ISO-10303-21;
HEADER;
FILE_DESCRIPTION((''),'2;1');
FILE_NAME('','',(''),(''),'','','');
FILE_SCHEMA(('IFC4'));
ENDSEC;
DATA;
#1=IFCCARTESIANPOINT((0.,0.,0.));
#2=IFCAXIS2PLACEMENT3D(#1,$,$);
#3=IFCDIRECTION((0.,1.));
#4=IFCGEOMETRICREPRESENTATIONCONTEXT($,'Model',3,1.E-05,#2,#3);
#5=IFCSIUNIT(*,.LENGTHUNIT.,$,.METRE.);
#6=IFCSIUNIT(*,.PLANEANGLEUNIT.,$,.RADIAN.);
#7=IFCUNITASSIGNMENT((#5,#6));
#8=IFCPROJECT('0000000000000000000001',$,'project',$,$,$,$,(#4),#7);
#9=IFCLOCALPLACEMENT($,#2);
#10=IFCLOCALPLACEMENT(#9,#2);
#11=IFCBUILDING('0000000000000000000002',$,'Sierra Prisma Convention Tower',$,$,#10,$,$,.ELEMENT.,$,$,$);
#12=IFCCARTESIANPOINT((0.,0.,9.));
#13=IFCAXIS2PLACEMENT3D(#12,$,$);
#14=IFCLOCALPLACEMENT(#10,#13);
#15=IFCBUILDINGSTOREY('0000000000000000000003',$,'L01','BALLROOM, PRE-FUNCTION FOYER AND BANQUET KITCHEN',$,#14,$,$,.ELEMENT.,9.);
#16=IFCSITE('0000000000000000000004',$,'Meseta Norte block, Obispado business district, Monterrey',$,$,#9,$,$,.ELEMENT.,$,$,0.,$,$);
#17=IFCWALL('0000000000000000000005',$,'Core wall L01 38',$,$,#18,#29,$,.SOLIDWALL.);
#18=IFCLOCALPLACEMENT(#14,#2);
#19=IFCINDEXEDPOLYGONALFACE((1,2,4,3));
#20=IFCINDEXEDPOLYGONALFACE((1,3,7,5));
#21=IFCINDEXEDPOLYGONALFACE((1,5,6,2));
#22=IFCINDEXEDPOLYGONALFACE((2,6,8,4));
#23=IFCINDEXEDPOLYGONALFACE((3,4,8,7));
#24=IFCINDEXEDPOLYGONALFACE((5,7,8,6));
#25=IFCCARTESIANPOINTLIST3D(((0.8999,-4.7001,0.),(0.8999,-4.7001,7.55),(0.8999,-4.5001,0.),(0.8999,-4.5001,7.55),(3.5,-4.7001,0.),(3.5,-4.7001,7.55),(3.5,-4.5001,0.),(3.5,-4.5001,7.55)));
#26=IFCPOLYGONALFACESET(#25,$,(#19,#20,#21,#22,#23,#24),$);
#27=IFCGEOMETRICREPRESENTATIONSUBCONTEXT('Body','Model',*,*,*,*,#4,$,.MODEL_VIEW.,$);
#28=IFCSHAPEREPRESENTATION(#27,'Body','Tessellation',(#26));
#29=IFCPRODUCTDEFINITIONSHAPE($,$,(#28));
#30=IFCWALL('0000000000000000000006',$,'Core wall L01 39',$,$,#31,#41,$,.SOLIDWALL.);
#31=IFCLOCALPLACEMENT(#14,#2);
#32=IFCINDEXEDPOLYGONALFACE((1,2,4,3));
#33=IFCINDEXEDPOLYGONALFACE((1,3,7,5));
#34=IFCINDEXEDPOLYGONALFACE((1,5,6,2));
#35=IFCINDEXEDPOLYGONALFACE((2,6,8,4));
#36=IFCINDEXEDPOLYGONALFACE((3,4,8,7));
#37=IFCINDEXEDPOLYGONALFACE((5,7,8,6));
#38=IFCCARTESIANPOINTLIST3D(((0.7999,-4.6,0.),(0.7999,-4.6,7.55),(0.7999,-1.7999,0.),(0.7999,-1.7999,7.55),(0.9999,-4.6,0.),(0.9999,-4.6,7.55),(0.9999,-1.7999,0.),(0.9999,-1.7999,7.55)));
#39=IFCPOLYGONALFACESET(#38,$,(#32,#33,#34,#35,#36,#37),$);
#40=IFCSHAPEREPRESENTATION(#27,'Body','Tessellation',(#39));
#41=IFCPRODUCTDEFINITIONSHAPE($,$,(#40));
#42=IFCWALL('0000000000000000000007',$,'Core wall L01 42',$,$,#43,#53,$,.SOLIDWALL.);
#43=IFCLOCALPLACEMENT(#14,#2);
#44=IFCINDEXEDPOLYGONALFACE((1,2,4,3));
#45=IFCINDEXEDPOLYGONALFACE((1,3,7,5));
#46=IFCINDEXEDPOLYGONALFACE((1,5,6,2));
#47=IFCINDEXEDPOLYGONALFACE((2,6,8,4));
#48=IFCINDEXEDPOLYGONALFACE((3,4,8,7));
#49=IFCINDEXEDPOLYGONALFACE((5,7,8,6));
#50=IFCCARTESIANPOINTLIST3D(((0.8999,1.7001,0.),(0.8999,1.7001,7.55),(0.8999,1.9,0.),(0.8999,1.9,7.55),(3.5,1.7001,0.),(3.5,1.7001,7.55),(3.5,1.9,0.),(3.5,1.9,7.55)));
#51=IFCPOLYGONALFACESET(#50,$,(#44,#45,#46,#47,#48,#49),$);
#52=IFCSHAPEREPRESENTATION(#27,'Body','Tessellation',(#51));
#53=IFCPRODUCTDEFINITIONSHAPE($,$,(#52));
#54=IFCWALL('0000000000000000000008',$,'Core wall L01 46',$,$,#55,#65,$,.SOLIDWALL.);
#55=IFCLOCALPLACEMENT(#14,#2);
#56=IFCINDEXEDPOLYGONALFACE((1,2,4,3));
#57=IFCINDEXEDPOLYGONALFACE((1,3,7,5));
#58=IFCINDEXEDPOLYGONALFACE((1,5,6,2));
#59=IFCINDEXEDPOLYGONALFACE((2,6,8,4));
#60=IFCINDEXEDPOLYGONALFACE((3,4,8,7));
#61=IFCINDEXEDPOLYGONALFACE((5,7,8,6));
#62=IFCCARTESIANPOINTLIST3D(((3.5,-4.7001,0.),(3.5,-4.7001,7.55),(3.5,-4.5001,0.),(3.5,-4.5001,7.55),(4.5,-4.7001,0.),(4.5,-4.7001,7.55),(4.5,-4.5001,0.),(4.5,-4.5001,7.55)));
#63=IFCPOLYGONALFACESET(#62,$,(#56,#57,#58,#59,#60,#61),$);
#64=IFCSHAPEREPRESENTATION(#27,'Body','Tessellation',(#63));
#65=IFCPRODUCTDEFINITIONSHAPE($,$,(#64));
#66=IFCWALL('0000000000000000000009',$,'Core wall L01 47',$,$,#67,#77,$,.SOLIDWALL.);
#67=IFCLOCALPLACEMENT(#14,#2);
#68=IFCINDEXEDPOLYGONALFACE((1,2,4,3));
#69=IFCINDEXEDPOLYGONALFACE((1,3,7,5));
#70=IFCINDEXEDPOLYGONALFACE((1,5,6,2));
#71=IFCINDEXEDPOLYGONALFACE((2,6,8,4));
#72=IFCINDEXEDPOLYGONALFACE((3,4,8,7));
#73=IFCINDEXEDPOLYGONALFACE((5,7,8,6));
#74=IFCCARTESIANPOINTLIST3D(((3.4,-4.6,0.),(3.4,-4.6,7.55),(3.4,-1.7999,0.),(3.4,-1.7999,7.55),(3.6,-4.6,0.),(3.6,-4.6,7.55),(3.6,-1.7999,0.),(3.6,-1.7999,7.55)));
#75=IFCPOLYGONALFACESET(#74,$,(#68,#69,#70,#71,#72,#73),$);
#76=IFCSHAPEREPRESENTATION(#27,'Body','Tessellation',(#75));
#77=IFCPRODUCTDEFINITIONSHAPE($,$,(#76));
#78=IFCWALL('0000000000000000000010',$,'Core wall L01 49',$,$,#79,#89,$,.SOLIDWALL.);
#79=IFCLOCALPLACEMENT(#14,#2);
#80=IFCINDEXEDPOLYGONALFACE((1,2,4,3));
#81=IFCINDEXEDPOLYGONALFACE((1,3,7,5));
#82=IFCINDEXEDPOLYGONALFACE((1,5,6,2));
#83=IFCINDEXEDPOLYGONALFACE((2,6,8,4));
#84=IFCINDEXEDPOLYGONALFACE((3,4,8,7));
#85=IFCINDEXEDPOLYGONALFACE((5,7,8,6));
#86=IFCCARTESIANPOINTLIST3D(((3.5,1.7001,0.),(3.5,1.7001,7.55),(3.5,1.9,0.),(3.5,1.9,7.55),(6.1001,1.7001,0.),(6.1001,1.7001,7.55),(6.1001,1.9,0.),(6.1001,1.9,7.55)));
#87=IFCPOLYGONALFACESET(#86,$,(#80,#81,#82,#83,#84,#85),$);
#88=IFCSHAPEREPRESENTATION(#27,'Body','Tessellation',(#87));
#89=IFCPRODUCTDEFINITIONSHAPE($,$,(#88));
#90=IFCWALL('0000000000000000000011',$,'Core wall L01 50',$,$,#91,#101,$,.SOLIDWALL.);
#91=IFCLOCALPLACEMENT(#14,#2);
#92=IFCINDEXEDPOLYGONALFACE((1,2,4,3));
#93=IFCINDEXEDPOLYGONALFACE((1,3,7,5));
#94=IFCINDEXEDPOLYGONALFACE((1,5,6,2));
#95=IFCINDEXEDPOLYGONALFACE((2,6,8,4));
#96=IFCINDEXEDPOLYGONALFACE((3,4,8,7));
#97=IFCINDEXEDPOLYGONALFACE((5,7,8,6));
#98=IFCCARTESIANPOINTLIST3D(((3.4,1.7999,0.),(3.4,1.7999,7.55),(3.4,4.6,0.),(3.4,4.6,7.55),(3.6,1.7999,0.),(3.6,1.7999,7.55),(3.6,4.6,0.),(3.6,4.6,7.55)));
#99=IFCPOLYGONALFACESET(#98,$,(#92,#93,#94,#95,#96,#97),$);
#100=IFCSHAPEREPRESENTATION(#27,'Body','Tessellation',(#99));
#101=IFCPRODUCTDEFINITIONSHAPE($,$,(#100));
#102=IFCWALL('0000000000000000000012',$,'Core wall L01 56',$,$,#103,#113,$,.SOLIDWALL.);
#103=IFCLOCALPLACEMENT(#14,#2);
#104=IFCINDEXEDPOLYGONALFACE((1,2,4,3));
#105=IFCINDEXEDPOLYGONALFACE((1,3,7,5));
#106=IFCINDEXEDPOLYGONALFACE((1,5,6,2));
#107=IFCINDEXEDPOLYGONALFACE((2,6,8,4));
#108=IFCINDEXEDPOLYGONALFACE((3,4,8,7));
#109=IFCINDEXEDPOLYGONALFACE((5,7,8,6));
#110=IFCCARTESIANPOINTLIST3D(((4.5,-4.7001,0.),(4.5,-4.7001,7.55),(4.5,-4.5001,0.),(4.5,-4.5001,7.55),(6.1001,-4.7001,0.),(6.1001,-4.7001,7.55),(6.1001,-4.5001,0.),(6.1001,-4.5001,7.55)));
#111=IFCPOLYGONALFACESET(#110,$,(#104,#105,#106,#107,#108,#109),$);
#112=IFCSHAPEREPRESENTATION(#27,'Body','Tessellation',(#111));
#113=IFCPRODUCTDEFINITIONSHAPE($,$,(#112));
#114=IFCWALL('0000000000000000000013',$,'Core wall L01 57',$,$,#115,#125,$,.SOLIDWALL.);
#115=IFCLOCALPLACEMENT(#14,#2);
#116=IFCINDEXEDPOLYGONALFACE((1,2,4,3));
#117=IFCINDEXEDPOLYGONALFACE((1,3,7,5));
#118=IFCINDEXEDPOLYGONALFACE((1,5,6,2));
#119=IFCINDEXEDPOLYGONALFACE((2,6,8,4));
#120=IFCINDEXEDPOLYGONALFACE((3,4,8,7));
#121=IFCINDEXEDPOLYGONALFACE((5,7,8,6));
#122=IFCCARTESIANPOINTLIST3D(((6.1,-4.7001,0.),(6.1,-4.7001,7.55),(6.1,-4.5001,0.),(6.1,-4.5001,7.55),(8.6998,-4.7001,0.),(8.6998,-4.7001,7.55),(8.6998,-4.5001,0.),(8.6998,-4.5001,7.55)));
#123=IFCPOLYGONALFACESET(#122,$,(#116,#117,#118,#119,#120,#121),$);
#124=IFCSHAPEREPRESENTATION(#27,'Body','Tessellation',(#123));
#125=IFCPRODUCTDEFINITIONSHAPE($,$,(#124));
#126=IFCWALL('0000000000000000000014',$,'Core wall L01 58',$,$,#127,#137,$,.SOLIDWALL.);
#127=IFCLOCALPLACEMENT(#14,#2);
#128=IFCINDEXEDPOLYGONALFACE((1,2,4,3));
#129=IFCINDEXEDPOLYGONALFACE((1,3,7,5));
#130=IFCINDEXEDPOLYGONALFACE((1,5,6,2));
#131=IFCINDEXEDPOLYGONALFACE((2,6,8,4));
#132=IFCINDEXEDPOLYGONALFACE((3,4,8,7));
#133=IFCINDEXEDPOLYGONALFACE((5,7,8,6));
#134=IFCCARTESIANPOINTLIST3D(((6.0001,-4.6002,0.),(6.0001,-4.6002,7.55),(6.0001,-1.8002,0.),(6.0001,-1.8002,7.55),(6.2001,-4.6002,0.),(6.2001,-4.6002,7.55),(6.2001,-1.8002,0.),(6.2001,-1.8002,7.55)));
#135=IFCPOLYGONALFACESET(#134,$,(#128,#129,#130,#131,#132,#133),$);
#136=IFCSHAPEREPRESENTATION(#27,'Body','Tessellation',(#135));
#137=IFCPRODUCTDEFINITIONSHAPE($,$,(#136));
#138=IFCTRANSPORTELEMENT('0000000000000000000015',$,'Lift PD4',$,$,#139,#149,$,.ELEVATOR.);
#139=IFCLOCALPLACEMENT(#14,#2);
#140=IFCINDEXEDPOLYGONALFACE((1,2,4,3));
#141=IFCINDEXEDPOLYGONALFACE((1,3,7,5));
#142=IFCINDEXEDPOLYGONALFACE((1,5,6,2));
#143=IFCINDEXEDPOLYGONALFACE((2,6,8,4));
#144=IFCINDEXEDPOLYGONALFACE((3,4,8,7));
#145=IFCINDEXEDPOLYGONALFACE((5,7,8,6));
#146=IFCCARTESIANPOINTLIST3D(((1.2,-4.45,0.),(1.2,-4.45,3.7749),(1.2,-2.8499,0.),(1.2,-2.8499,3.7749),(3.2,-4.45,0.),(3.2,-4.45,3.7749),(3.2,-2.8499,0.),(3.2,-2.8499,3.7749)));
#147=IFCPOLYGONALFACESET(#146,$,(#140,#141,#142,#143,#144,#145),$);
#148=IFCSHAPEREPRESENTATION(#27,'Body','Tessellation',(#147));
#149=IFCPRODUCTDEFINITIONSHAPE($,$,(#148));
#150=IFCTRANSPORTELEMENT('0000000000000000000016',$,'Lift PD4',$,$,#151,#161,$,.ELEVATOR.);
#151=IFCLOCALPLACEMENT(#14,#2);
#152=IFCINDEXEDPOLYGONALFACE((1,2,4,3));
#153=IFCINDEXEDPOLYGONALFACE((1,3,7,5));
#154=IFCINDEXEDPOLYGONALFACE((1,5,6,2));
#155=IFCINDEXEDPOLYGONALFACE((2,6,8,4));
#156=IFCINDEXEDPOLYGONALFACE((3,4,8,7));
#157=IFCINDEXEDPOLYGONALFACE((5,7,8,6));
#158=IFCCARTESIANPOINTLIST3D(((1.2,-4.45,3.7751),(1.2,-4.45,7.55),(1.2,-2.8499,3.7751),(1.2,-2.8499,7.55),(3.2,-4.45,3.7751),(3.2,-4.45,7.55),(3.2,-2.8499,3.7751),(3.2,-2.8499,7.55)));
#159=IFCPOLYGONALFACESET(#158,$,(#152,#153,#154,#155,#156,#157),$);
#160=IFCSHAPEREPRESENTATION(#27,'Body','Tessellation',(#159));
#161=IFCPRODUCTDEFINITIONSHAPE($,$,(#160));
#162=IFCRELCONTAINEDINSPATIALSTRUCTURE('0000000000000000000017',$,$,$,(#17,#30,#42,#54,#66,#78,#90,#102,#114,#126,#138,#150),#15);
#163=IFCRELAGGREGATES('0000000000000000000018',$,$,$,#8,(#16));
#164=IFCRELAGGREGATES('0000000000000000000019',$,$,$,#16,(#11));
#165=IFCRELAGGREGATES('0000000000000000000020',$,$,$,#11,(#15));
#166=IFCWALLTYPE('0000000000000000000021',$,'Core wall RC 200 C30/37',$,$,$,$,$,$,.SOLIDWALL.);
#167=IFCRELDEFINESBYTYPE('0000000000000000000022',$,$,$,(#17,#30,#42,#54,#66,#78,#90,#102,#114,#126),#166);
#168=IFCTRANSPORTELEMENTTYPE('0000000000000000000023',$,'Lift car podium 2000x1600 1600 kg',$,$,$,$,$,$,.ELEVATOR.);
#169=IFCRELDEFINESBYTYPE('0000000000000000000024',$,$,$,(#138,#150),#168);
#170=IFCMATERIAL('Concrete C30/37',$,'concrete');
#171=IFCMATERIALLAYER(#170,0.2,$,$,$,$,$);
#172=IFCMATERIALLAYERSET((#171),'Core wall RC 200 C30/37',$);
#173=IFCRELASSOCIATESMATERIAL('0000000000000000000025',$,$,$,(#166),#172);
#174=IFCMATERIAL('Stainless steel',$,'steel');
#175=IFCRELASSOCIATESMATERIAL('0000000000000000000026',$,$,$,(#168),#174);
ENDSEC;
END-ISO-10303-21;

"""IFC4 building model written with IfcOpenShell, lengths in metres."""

from ifc_helpers import new_model, si_unit, direction, frame, frame_2d, origin, origin_2d, place, context, subcontext, project, spatial, rectangle, extrude, material, layer, layer_set, type_object, element, save


model = new_model("IFC4")

# Units and contexts
model_context = context("Model", 3, precision=1e-05, world=origin(), true_north=direction((0.0, 1.0)))
body_context = subcontext(model_context, "Body", "Model", "MODEL_VIEW")
ifc_project = project(units=[si_unit("LENGTHUNIT", "METRE"), si_unit("PLANEANGLEUNIT", "RADIAN")], contexts=[model_context])

# Site, building, storey
site_placement = place(None, origin())
site = spatial("IfcSite", under=ifc_project, at=site_placement, Name="Meseta Norte block, Obispado business district, Monterrey", CompositionType="ELEMENT", RefElevation=0.0)
building_placement = place(site_placement, origin())
building = spatial("IfcBuilding", under=site, at=building_placement, Name="Sierra Prisma Convention Tower", CompositionType="ELEMENT")
storey_placement = place(building_placement, frame((0.0, 0.0, 9.0)))
storey = spatial("IfcBuildingStorey", under=building, at=storey_placement, Name="L01", Description="BALLROOM, PRE-FUNCTION FOYER AND BANQUET KITCHEN", CompositionType="ELEMENT", Elevation=9.0)

# Shared definitions
ifc_material_1 = material(Name="Concrete C30/37", Category="concrete")
ifc_layer = layer(ifc_material_1, 0.2)
ifc_layer_set = layer_set([ifc_layer], Name="Core wall RC 200 C30/37")
wall_type = type_object("IfcWallType", Name="Core wall RC 200 C30/37", PredefinedType="SOLIDWALL", material=ifc_layer_set)

# Walls
wall_1_placement = place(storey_placement, frame((3.5, -4.6001, 0.0), z_axis=(0.0, 0.0, 1.0), x_axis=(-1.0, 0.0, 0.0)))
element("IfcWall", 1, at=wall_1_placement, inside=storey, type_object=wall_type, Name="Core wall L01 38", PredefinedType="SOLIDWALL", context=body_context, shape_type="SweptSolid", body=[
    extrude(rectangle(XDim=2.6001, YDim=0.2, at=frame_2d((1.3, 0.0))), origin(), (0.0, 0.0, 1.0), 7.55),
])
wall_2_placement = place(storey_placement, frame((0.8999, -1.8, 0.0), z_axis=(0.0, 0.0, 1.0), x_axis=(0.0, -1.0, 0.0)))
element("IfcWall", 2, at=wall_2_placement, inside=storey, type_object=wall_type, Name="Core wall L01 39", PredefinedType="SOLIDWALL", context=body_context, shape_type="SweptSolid", body=[
    extrude(rectangle(XDim=2.8, YDim=0.2, at=frame_2d((1.3999, 0.0))), origin(), (0.0, 0.0, 1.0), 7.55),
])

# Walls
wall_3_placement = place(storey_placement, frame((3.5, 1.8, 0.0), z_axis=(0.0, 0.0, 1.0), x_axis=(-1.0, 0.0, 0.0)))
element("IfcWall", 3, at=wall_3_placement, inside=storey, type_object=wall_type, Name="Core wall L01 42", PredefinedType="SOLIDWALL", context=body_context, shape_type="SweptSolid", body=[
    extrude(rectangle(XDim=2.6001, YDim=0.2, at=frame_2d((1.3, 0.0))), origin(), (0.0, 0.0, 1.0), 7.55),
])
wall_4_placement = place(storey_placement, frame((3.5, -4.6001, 0.0), z_axis=(0.0, 0.0, 1.0), x_axis=(1.0, 0.0, 0.0)))
element("IfcWall", 4, at=wall_4_placement, inside=storey, type_object=wall_type, Name="Core wall L01 46", PredefinedType="SOLIDWALL", context=body_context, shape_type="SweptSolid", body=[
    extrude(rectangle(XDim=1.0, YDim=0.2, at=frame_2d((0.5, 0.0))), origin(), (0.0, 0.0, 1.0), 7.55),
])
wall_5_placement = place(storey_placement, frame((3.5, -1.8, 0.0), z_axis=(0.0, 0.0, 1.0), x_axis=(0.0, -1.0, 0.0)))
element("IfcWall", 5, at=wall_5_placement, inside=storey, type_object=wall_type, Name="Core wall L01 47", PredefinedType="SOLIDWALL", context=body_context, shape_type="SweptSolid", body=[
    extrude(rectangle(XDim=2.8, YDim=0.2, at=frame_2d((1.3999, 0.0))), origin(), (0.0, 0.0, 1.0), 7.55),
])

# Walls
wall_6_placement = place(storey_placement, frame((6.1001, 1.8, 0.0), z_axis=(0.0, 0.0, 1.0), x_axis=(-1.0, 0.0, 0.0)))
element("IfcWall", 6, at=wall_6_placement, inside=storey, type_object=wall_type, Name="Core wall L01 49", PredefinedType="SOLIDWALL", context=body_context, shape_type="SweptSolid", body=[
    extrude(rectangle(XDim=2.6001, YDim=0.2, at=frame_2d((1.3, 0.0))), origin(), (0.0, 0.0, 1.0), 7.55),
])
wall_7_placement = place(storey_placement, frame((3.5, 1.8, 0.0), z_axis=(0.0, 0.0, 1.0), x_axis=(0.0, 1.0, 0.0)))
element("IfcWall", 7, at=wall_7_placement, inside=storey, type_object=wall_type, Name="Core wall L01 50", PredefinedType="SOLIDWALL", context=body_context, shape_type="SweptSolid", body=[
    extrude(rectangle(XDim=2.8, YDim=0.2, at=frame_2d((1.3999, 0.0))), origin(), (0.0, 0.0, 1.0), 7.55),
])
wall_8_placement = place(storey_placement, frame((4.5, -4.6001, 0.0), z_axis=(0.0, 0.0, 1.0), x_axis=(1.0, 0.0, 0.0)))
element("IfcWall", 8, at=wall_8_placement, inside=storey, type_object=wall_type, Name="Core wall L01 56", PredefinedType="SOLIDWALL", context=body_context, shape_type="SweptSolid", body=[
    extrude(rectangle(XDim=1.6001, YDim=0.2, at=frame_2d((0.8, 0.0))), origin(), (0.0, 0.0, 1.0), 7.55),
])
wall_9_placement = place(storey_placement, frame((6.1001, -4.6001, 0.0), z_axis=(0.0, 0.0, 1.0), x_axis=(1.0, 0.0, 0.0)))
element("IfcWall", 9, at=wall_9_placement, inside=storey, type_object=wall_type, Name="Core wall L01 57", PredefinedType="SOLIDWALL", context=body_context, shape_type="SweptSolid", body=[
    extrude(rectangle(XDim=2.5999, YDim=0.2, at=frame_2d((1.2998, 0.0))), origin(), (0.0, 0.0, 1.0), 7.55),
])
wall_10_placement = place(storey_placement, frame((6.1001, -4.6001, 0.0), z_axis=(0.0, 0.0, 1.0), x_axis=(0.0, 1.0, 0.0)))
element("IfcWall", 10, at=wall_10_placement, inside=storey, type_object=wall_type, Name="Core wall L01 58", PredefinedType="SOLIDWALL", context=body_context, shape_type="SweptSolid", body=[
    extrude(rectangle(XDim=2.8, YDim=0.2, at=frame_2d((1.3999, 0.0))), origin(), (0.0, 0.0, 1.0), 7.55),
])

# Transport elements
ifc_material_2 = material(Name="Stainless steel", Category="steel")
transport_element_type = type_object("IfcTransportElementType", Name="Lift car podium 2000x1600 1600 kg", PredefinedType="ELEVATOR", material=ifc_material_2)
for number, where, z_axis, x_axis, name in (
    (11, (2.2, -3.6499, 0.0), (0.0, 0.0, 1.0), (1.0, 0.0, 0.0), "Lift PD4"),
    (12, (2.2, -3.6499, 3.7751), (0.0, 0.0, 1.0), (1.0, 0.0, 0.0), "Lift PD4"),
):
    element("IfcTransportElement", number, at=place(storey_placement, frame(where, z_axis=z_axis, x_axis=x_axis)), inside=storey, type_object=transport_element_type, Name=name, PredefinedType="ELEVATOR", context=body_context, shape_type="SweptSolid", body=[
        extrude(rectangle(XDim=2.0, YDim=1.6001, at=origin_2d()), origin(), (0.0, 0.0, 1.0), 3.7749),
    ])

save(model, "model.ifc")
